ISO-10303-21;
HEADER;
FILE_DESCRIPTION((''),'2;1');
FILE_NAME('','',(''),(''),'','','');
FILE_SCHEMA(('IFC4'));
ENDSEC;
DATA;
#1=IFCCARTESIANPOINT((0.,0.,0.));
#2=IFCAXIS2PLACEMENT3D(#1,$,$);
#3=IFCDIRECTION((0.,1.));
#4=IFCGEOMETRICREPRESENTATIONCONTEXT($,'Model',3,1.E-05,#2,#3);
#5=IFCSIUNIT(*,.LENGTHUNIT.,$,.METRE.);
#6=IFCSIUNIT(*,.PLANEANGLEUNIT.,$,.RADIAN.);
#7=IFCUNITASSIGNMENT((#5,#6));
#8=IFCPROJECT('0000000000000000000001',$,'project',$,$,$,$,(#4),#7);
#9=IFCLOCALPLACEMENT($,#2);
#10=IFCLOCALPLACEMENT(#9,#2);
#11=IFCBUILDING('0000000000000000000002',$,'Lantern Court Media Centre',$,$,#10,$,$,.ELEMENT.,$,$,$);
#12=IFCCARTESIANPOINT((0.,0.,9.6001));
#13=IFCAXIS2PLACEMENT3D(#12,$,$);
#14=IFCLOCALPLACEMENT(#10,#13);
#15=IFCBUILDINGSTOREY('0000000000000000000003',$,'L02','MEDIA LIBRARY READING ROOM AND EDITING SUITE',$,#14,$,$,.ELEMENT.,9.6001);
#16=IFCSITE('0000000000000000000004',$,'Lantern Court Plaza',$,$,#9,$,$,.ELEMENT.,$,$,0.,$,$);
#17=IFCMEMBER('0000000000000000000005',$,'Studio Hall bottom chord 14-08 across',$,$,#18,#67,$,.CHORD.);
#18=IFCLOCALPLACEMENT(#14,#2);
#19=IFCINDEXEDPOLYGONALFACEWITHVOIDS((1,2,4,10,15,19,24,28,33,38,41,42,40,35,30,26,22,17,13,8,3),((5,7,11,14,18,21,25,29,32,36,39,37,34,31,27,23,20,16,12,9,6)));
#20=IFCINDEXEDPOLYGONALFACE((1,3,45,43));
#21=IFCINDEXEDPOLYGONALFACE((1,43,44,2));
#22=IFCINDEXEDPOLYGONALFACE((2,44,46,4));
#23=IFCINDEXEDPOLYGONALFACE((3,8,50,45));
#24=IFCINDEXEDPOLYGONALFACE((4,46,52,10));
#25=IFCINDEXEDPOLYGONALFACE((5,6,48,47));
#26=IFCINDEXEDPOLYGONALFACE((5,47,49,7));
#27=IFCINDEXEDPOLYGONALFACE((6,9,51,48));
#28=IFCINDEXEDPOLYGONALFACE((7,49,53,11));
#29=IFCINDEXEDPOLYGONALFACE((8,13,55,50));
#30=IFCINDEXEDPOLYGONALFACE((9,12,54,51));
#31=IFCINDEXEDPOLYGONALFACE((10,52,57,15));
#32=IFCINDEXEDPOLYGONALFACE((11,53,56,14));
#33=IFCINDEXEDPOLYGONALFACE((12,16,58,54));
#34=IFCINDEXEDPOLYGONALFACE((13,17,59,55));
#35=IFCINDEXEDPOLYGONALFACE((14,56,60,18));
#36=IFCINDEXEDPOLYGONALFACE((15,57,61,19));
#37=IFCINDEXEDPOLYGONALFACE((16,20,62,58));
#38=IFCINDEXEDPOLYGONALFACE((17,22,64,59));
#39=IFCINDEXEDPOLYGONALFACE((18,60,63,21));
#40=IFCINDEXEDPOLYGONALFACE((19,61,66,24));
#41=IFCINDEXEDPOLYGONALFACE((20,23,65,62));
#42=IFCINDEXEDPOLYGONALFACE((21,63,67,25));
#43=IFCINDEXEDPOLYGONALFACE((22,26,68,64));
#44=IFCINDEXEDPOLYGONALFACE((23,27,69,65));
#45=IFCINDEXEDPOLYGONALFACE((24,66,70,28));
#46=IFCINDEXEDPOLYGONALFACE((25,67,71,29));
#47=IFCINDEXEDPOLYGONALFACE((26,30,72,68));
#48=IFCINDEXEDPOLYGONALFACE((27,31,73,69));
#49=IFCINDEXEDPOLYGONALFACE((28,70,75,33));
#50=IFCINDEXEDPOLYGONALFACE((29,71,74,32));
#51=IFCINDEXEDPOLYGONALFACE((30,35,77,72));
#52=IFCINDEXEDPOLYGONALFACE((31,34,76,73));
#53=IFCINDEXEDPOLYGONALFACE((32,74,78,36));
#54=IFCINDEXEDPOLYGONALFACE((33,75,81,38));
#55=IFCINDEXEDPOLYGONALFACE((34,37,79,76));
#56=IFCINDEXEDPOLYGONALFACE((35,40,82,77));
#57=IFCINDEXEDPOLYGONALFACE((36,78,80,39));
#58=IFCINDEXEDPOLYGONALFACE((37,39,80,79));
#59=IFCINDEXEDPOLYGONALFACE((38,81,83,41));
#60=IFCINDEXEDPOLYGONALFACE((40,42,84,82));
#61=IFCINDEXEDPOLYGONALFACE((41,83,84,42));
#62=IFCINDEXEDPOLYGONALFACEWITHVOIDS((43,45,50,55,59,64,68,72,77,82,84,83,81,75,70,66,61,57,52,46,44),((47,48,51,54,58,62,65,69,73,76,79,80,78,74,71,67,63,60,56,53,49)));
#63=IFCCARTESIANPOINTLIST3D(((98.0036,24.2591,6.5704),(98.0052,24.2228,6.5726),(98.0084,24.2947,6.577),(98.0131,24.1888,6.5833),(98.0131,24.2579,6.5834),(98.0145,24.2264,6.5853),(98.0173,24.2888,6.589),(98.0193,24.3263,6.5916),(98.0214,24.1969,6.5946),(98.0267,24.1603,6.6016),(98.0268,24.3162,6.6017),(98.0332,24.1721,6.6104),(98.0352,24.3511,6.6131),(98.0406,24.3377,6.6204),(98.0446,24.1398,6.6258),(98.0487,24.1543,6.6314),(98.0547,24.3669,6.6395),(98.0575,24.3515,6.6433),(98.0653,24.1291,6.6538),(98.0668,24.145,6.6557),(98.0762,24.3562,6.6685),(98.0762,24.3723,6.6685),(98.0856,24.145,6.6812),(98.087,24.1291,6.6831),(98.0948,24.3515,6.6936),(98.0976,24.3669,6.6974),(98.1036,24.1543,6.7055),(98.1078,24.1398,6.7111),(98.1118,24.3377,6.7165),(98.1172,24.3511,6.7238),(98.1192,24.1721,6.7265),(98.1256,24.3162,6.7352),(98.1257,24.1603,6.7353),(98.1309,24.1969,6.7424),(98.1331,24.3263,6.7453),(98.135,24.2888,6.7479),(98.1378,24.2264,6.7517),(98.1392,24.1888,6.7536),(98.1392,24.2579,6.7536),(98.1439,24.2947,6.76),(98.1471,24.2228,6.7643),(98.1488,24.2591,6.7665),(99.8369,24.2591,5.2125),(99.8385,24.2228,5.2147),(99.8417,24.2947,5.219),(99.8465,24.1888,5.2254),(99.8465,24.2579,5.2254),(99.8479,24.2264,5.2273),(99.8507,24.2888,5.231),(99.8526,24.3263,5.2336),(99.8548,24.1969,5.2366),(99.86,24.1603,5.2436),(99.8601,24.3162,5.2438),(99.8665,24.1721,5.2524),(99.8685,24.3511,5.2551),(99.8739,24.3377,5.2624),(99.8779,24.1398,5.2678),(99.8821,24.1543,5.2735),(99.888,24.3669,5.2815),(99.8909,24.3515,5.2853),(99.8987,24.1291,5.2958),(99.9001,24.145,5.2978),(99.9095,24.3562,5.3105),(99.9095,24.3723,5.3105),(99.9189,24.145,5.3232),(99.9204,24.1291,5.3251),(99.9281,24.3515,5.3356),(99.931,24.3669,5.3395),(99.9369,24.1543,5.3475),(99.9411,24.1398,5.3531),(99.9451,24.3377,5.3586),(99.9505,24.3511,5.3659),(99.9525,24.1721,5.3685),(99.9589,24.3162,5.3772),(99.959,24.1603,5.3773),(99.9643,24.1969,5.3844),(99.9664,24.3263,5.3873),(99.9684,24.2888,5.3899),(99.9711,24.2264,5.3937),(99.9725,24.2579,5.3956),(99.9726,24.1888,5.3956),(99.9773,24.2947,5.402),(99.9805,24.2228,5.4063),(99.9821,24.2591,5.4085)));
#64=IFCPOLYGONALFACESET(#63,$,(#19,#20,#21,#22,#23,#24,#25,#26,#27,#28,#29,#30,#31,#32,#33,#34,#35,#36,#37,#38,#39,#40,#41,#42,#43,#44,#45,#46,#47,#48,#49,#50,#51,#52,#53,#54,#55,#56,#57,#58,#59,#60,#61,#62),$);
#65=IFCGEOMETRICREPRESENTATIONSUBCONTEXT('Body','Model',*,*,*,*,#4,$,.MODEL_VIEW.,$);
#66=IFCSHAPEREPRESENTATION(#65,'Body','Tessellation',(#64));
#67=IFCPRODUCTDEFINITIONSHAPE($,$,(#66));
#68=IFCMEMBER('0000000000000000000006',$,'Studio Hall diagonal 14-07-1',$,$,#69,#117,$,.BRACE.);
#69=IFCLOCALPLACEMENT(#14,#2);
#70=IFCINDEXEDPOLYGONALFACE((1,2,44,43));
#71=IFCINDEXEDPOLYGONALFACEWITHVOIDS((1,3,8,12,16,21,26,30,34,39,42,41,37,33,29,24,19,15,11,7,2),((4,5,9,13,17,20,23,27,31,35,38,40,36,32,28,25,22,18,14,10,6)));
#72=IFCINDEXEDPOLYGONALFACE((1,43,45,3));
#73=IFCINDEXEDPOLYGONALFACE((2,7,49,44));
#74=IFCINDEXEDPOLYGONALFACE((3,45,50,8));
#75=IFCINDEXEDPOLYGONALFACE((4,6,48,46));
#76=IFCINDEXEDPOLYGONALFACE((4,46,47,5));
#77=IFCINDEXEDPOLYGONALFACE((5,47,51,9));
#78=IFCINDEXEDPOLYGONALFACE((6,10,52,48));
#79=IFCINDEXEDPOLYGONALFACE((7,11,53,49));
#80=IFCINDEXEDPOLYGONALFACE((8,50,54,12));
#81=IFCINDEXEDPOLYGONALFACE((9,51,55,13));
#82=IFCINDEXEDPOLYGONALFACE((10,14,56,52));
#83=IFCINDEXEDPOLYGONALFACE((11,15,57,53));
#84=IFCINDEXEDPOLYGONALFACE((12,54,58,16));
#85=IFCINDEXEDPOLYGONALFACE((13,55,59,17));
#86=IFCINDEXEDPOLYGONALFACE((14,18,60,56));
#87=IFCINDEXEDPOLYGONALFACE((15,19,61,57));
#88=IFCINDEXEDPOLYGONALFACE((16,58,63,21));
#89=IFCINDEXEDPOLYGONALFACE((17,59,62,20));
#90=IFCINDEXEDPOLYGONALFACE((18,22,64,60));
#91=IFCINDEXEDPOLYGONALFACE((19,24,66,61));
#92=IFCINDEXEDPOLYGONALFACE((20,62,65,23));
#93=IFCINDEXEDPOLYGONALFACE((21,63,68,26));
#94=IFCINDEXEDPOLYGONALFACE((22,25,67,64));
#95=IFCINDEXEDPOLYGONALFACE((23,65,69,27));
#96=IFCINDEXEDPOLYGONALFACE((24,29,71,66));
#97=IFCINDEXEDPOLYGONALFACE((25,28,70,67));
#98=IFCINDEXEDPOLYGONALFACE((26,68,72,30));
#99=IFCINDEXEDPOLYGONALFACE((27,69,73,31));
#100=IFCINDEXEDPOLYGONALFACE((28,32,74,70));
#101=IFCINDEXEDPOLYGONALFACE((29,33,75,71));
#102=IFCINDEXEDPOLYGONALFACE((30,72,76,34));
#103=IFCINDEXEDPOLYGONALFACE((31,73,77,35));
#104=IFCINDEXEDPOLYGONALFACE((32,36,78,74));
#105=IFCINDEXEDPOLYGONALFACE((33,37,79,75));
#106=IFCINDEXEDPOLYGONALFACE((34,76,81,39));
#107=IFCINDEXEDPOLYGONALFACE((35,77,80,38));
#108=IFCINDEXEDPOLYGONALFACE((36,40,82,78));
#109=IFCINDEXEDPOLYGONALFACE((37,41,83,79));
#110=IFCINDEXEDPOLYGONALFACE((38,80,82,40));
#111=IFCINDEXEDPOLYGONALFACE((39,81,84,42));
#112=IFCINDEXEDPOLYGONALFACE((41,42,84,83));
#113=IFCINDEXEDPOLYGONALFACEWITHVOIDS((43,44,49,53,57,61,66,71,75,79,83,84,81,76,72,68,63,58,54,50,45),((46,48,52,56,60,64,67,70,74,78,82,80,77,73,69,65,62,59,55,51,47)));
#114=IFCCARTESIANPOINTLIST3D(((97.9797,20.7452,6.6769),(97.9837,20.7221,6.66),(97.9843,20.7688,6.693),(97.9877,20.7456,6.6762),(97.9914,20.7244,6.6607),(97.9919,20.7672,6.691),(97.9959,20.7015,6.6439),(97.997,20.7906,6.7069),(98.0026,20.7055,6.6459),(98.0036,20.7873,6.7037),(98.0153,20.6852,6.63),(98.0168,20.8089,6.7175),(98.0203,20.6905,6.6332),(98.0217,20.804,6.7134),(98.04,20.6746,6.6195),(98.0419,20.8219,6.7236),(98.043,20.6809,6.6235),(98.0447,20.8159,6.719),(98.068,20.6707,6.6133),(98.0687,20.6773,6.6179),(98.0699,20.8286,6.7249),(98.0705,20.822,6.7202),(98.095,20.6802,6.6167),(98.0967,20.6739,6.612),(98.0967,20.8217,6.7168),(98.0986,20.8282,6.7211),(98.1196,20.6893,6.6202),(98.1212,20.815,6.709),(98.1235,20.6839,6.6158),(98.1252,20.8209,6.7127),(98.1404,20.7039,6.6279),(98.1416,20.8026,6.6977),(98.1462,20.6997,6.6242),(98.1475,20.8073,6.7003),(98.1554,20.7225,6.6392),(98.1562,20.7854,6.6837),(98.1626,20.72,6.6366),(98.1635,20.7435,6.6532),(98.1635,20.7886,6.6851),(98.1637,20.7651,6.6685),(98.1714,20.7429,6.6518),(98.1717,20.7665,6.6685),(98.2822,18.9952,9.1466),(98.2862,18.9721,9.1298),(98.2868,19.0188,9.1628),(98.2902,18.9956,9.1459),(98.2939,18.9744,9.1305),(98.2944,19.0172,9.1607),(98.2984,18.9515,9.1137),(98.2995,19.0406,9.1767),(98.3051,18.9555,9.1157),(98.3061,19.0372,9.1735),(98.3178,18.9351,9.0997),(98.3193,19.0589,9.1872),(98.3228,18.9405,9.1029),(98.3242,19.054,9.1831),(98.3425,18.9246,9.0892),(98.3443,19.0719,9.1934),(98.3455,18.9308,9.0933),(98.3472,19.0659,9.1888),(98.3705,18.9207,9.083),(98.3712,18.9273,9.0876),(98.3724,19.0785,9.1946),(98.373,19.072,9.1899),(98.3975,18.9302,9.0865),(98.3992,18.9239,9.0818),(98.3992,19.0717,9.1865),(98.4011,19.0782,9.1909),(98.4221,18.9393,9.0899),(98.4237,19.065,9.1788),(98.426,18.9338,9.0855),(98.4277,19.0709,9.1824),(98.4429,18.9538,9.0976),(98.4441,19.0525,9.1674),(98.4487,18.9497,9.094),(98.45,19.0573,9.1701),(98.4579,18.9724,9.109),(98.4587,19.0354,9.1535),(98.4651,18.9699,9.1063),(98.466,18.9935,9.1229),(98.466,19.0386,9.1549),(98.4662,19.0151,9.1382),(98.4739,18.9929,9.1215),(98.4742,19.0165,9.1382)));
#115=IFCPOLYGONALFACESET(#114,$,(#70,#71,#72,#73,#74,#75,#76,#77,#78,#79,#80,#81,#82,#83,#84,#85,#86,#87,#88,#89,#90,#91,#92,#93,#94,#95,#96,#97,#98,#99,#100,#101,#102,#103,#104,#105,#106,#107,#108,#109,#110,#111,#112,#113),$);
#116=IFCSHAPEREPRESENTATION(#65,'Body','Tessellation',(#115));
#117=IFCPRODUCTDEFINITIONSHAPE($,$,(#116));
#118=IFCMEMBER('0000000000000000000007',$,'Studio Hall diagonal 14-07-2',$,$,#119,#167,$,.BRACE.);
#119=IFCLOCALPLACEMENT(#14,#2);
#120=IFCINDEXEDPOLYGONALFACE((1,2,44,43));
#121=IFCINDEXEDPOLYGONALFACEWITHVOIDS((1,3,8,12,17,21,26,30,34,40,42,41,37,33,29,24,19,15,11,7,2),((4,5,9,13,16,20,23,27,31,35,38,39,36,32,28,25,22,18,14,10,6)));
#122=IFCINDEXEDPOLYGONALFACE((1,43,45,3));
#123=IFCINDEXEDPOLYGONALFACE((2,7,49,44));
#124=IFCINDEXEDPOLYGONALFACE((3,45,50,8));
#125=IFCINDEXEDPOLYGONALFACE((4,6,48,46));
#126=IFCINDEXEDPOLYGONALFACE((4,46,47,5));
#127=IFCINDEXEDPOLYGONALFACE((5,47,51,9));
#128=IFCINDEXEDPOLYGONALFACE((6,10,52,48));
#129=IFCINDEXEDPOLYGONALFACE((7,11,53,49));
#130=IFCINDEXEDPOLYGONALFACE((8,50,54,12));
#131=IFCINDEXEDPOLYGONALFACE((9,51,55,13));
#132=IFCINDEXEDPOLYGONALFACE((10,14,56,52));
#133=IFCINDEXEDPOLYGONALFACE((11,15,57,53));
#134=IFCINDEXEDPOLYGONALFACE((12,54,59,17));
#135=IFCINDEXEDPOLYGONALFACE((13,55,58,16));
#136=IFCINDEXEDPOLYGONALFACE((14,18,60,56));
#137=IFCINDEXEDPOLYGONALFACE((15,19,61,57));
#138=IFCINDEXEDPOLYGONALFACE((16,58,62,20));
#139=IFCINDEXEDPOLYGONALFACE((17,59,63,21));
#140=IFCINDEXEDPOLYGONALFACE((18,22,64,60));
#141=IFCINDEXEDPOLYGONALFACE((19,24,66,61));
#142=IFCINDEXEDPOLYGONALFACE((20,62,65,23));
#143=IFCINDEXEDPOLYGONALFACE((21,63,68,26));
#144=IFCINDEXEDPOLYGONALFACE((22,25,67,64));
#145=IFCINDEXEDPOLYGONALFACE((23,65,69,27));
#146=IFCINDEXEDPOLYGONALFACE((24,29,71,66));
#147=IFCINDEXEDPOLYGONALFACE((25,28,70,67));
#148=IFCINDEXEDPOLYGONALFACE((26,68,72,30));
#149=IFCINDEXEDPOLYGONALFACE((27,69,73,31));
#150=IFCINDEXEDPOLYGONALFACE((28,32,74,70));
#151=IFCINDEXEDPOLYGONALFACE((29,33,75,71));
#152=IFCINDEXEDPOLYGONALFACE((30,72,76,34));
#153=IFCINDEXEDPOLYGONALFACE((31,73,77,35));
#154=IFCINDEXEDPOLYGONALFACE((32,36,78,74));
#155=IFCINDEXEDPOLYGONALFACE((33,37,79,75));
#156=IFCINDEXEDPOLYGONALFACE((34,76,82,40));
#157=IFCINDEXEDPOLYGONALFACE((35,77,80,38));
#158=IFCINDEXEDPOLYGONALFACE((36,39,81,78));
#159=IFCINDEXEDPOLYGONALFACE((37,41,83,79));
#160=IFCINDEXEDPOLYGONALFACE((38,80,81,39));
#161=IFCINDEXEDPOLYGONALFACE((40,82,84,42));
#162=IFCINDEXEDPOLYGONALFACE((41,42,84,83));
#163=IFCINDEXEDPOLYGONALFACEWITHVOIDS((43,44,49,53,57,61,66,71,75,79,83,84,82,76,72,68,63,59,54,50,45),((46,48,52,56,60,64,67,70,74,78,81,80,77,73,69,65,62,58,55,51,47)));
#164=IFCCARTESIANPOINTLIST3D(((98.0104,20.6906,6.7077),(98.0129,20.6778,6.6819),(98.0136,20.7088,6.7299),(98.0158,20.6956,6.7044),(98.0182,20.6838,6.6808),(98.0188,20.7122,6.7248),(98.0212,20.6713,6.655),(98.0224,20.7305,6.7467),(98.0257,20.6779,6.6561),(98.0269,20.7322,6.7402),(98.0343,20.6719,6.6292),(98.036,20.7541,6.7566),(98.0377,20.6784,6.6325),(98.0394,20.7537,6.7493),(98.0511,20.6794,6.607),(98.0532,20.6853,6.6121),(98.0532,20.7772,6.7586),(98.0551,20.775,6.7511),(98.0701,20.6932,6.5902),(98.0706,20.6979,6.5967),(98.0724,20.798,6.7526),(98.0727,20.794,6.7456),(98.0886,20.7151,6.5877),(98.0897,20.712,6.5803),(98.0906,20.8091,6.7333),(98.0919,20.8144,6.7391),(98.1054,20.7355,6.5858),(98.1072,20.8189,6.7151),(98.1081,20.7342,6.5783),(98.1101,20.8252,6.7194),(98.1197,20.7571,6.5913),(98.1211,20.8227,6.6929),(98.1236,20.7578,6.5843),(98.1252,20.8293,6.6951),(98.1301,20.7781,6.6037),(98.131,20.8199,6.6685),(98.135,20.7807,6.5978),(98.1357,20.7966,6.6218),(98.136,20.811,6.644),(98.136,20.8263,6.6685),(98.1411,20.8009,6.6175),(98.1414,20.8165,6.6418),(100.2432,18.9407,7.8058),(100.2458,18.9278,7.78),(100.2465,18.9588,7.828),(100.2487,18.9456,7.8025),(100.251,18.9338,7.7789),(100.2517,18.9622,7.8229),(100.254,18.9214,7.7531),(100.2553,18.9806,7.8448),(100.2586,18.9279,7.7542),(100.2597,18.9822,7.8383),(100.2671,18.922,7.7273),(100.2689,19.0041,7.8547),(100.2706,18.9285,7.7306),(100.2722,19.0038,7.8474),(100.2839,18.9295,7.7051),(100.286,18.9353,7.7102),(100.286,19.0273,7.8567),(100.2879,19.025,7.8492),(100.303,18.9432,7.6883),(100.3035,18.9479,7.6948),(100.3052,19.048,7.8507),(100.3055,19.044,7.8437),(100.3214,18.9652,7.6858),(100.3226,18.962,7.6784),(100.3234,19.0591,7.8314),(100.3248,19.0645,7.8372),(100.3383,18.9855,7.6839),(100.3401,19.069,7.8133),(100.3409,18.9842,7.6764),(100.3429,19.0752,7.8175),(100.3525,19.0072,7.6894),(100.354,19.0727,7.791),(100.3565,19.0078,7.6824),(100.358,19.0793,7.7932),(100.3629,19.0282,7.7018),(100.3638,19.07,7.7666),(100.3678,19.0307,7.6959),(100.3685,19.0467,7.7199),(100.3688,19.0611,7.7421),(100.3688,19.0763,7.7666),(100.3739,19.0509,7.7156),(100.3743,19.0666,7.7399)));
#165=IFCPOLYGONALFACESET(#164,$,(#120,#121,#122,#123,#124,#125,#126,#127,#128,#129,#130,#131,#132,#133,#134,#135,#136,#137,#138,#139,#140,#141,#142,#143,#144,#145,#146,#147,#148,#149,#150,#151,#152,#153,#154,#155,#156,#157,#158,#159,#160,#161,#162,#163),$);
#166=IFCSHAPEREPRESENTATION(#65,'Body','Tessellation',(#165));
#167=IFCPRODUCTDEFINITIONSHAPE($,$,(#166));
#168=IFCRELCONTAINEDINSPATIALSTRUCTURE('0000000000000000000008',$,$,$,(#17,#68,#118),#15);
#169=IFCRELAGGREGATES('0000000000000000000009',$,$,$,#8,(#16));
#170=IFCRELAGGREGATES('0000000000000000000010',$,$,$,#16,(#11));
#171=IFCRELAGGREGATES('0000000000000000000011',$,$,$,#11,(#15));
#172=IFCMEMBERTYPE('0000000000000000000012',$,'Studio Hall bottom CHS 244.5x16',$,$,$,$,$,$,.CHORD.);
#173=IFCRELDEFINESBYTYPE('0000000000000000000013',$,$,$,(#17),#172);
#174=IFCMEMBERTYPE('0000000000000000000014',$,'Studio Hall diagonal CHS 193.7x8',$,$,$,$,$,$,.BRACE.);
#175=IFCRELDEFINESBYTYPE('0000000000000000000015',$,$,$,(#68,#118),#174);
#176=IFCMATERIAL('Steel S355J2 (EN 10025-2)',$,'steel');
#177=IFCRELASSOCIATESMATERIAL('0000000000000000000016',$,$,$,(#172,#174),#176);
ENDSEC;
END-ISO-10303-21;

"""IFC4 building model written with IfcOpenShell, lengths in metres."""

from ifc_helpers import new_model, si_unit, direction, frame, origin, origin_2d, place, context, subcontext, project, spatial, hollow_circle, extrude, material, material_profile, profile_set, type_object, element, save


model = new_model("IFC4")

# Units and contexts
model_context = context("Model", 3, precision=1e-05, world=origin(), true_north=direction((0.0, 1.0)))
body_context = subcontext(model_context, "Body", "Model", "MODEL_VIEW")
ifc_project = project(units=[si_unit("LENGTHUNIT", "METRE"), si_unit("PLANEANGLEUNIT", "RADIAN")], contexts=[model_context])

# Site, building, storey
site_placement = place(None, origin())
site = spatial("IfcSite", under=ifc_project, at=site_placement, Name="Lantern Court Plaza", CompositionType="ELEMENT", RefElevation=0.0)
building_placement = place(site_placement, origin())
building = spatial("IfcBuilding", under=site, at=building_placement, Name="Lantern Court Media Centre", CompositionType="ELEMENT")
storey_placement = place(building_placement, frame((0.0, 0.0, 9.6001)))
storey = spatial("IfcBuildingStorey", under=building, at=storey_placement, Name="L02", Description="MEDIA LIBRARY READING ROOM AND EDITING SUITE", CompositionType="ELEMENT", Elevation=9.6001)

# Members
ifc_material = material(Name="Steel S355J2 (EN 10025-2)", Category="steel")
ifc_material_profile_1 = material_profile(ifc_material, hollow_circle(Radius=0.1223, WallThickness=0.0161, at=origin_2d()), Name="Studio Hall bottom CHS 244.5x16")
ifc_profile_set_1 = profile_set([ifc_material_profile_1], Name="Steel S355J2 (EN 10025-2)")
member_type_1 = type_object("IfcMemberType", Name="Studio Hall bottom CHS 244.5x16", PredefinedType="CHORD", material=ifc_profile_set_1)
for number, where, z_axis, x_axis, name in (
    (1, (98.0762, 24.25, 6.6685), (0.803569, 0.0, -0.595212), (0.0, 1.0, 0.0), "Studio Hall bottom chord 14-08 across"),
):
    element("IfcMember", number, at=place(storey_placement, frame(where, z_axis=z_axis, x_axis=x_axis)), inside=storey, type_object=member_type_1, Name=name, PredefinedType="CHORD", context=body_context, shape_type="SweptSolid", body=[
        extrude(hollow_circle(Radius=0.1223, WallThickness=0.0161, at=origin_2d()), origin(), (0.0, 0.0, 1.0), 2.2815),
    ])
ifc_material_profile_2 = material_profile(ifc_material, hollow_circle(Radius=0.0969, WallThickness=0.0081, at=origin_2d()), Name="Studio Hall diagonal CHS 193.7x8")
ifc_profile_set_2 = profile_set([ifc_material_profile_2], Name="Steel S355J2 (EN 10025-2)")
member_type_2 = type_object("IfcMemberType", Name="Studio Hall diagonal CHS 193.7x8", PredefinedType="BRACE", material=ifc_profile_set_2)
for number, where, z_axis, x_axis, name in (
    (2, (98.0762, 20.75, 6.6685), (0.099439, -0.575286, 0.811885), (0.985388, 0.170326, 0.0), "Studio Hall diagonal 14-07-1"),
    (3, (98.0762, 20.75, 6.6685), (0.734005, -0.575262, 0.360984), (0.616856, 0.787076, 0.0), "Studio Hall diagonal 14-07-2"),
):
    element("IfcMember", number, at=place(storey_placement, frame(where, z_axis=z_axis, x_axis=x_axis)), inside=storey, type_object=member_type_2, Name=name, PredefinedType="BRACE", context=body_context, shape_type="SweptSolid", body=[
        extrude(hollow_circle(Radius=0.0969, WallThickness=0.0081, at=origin_2d()), origin(), (0.0, 0.0, 1.0), 3.042),
    ])

save(model, "model.ifc")
